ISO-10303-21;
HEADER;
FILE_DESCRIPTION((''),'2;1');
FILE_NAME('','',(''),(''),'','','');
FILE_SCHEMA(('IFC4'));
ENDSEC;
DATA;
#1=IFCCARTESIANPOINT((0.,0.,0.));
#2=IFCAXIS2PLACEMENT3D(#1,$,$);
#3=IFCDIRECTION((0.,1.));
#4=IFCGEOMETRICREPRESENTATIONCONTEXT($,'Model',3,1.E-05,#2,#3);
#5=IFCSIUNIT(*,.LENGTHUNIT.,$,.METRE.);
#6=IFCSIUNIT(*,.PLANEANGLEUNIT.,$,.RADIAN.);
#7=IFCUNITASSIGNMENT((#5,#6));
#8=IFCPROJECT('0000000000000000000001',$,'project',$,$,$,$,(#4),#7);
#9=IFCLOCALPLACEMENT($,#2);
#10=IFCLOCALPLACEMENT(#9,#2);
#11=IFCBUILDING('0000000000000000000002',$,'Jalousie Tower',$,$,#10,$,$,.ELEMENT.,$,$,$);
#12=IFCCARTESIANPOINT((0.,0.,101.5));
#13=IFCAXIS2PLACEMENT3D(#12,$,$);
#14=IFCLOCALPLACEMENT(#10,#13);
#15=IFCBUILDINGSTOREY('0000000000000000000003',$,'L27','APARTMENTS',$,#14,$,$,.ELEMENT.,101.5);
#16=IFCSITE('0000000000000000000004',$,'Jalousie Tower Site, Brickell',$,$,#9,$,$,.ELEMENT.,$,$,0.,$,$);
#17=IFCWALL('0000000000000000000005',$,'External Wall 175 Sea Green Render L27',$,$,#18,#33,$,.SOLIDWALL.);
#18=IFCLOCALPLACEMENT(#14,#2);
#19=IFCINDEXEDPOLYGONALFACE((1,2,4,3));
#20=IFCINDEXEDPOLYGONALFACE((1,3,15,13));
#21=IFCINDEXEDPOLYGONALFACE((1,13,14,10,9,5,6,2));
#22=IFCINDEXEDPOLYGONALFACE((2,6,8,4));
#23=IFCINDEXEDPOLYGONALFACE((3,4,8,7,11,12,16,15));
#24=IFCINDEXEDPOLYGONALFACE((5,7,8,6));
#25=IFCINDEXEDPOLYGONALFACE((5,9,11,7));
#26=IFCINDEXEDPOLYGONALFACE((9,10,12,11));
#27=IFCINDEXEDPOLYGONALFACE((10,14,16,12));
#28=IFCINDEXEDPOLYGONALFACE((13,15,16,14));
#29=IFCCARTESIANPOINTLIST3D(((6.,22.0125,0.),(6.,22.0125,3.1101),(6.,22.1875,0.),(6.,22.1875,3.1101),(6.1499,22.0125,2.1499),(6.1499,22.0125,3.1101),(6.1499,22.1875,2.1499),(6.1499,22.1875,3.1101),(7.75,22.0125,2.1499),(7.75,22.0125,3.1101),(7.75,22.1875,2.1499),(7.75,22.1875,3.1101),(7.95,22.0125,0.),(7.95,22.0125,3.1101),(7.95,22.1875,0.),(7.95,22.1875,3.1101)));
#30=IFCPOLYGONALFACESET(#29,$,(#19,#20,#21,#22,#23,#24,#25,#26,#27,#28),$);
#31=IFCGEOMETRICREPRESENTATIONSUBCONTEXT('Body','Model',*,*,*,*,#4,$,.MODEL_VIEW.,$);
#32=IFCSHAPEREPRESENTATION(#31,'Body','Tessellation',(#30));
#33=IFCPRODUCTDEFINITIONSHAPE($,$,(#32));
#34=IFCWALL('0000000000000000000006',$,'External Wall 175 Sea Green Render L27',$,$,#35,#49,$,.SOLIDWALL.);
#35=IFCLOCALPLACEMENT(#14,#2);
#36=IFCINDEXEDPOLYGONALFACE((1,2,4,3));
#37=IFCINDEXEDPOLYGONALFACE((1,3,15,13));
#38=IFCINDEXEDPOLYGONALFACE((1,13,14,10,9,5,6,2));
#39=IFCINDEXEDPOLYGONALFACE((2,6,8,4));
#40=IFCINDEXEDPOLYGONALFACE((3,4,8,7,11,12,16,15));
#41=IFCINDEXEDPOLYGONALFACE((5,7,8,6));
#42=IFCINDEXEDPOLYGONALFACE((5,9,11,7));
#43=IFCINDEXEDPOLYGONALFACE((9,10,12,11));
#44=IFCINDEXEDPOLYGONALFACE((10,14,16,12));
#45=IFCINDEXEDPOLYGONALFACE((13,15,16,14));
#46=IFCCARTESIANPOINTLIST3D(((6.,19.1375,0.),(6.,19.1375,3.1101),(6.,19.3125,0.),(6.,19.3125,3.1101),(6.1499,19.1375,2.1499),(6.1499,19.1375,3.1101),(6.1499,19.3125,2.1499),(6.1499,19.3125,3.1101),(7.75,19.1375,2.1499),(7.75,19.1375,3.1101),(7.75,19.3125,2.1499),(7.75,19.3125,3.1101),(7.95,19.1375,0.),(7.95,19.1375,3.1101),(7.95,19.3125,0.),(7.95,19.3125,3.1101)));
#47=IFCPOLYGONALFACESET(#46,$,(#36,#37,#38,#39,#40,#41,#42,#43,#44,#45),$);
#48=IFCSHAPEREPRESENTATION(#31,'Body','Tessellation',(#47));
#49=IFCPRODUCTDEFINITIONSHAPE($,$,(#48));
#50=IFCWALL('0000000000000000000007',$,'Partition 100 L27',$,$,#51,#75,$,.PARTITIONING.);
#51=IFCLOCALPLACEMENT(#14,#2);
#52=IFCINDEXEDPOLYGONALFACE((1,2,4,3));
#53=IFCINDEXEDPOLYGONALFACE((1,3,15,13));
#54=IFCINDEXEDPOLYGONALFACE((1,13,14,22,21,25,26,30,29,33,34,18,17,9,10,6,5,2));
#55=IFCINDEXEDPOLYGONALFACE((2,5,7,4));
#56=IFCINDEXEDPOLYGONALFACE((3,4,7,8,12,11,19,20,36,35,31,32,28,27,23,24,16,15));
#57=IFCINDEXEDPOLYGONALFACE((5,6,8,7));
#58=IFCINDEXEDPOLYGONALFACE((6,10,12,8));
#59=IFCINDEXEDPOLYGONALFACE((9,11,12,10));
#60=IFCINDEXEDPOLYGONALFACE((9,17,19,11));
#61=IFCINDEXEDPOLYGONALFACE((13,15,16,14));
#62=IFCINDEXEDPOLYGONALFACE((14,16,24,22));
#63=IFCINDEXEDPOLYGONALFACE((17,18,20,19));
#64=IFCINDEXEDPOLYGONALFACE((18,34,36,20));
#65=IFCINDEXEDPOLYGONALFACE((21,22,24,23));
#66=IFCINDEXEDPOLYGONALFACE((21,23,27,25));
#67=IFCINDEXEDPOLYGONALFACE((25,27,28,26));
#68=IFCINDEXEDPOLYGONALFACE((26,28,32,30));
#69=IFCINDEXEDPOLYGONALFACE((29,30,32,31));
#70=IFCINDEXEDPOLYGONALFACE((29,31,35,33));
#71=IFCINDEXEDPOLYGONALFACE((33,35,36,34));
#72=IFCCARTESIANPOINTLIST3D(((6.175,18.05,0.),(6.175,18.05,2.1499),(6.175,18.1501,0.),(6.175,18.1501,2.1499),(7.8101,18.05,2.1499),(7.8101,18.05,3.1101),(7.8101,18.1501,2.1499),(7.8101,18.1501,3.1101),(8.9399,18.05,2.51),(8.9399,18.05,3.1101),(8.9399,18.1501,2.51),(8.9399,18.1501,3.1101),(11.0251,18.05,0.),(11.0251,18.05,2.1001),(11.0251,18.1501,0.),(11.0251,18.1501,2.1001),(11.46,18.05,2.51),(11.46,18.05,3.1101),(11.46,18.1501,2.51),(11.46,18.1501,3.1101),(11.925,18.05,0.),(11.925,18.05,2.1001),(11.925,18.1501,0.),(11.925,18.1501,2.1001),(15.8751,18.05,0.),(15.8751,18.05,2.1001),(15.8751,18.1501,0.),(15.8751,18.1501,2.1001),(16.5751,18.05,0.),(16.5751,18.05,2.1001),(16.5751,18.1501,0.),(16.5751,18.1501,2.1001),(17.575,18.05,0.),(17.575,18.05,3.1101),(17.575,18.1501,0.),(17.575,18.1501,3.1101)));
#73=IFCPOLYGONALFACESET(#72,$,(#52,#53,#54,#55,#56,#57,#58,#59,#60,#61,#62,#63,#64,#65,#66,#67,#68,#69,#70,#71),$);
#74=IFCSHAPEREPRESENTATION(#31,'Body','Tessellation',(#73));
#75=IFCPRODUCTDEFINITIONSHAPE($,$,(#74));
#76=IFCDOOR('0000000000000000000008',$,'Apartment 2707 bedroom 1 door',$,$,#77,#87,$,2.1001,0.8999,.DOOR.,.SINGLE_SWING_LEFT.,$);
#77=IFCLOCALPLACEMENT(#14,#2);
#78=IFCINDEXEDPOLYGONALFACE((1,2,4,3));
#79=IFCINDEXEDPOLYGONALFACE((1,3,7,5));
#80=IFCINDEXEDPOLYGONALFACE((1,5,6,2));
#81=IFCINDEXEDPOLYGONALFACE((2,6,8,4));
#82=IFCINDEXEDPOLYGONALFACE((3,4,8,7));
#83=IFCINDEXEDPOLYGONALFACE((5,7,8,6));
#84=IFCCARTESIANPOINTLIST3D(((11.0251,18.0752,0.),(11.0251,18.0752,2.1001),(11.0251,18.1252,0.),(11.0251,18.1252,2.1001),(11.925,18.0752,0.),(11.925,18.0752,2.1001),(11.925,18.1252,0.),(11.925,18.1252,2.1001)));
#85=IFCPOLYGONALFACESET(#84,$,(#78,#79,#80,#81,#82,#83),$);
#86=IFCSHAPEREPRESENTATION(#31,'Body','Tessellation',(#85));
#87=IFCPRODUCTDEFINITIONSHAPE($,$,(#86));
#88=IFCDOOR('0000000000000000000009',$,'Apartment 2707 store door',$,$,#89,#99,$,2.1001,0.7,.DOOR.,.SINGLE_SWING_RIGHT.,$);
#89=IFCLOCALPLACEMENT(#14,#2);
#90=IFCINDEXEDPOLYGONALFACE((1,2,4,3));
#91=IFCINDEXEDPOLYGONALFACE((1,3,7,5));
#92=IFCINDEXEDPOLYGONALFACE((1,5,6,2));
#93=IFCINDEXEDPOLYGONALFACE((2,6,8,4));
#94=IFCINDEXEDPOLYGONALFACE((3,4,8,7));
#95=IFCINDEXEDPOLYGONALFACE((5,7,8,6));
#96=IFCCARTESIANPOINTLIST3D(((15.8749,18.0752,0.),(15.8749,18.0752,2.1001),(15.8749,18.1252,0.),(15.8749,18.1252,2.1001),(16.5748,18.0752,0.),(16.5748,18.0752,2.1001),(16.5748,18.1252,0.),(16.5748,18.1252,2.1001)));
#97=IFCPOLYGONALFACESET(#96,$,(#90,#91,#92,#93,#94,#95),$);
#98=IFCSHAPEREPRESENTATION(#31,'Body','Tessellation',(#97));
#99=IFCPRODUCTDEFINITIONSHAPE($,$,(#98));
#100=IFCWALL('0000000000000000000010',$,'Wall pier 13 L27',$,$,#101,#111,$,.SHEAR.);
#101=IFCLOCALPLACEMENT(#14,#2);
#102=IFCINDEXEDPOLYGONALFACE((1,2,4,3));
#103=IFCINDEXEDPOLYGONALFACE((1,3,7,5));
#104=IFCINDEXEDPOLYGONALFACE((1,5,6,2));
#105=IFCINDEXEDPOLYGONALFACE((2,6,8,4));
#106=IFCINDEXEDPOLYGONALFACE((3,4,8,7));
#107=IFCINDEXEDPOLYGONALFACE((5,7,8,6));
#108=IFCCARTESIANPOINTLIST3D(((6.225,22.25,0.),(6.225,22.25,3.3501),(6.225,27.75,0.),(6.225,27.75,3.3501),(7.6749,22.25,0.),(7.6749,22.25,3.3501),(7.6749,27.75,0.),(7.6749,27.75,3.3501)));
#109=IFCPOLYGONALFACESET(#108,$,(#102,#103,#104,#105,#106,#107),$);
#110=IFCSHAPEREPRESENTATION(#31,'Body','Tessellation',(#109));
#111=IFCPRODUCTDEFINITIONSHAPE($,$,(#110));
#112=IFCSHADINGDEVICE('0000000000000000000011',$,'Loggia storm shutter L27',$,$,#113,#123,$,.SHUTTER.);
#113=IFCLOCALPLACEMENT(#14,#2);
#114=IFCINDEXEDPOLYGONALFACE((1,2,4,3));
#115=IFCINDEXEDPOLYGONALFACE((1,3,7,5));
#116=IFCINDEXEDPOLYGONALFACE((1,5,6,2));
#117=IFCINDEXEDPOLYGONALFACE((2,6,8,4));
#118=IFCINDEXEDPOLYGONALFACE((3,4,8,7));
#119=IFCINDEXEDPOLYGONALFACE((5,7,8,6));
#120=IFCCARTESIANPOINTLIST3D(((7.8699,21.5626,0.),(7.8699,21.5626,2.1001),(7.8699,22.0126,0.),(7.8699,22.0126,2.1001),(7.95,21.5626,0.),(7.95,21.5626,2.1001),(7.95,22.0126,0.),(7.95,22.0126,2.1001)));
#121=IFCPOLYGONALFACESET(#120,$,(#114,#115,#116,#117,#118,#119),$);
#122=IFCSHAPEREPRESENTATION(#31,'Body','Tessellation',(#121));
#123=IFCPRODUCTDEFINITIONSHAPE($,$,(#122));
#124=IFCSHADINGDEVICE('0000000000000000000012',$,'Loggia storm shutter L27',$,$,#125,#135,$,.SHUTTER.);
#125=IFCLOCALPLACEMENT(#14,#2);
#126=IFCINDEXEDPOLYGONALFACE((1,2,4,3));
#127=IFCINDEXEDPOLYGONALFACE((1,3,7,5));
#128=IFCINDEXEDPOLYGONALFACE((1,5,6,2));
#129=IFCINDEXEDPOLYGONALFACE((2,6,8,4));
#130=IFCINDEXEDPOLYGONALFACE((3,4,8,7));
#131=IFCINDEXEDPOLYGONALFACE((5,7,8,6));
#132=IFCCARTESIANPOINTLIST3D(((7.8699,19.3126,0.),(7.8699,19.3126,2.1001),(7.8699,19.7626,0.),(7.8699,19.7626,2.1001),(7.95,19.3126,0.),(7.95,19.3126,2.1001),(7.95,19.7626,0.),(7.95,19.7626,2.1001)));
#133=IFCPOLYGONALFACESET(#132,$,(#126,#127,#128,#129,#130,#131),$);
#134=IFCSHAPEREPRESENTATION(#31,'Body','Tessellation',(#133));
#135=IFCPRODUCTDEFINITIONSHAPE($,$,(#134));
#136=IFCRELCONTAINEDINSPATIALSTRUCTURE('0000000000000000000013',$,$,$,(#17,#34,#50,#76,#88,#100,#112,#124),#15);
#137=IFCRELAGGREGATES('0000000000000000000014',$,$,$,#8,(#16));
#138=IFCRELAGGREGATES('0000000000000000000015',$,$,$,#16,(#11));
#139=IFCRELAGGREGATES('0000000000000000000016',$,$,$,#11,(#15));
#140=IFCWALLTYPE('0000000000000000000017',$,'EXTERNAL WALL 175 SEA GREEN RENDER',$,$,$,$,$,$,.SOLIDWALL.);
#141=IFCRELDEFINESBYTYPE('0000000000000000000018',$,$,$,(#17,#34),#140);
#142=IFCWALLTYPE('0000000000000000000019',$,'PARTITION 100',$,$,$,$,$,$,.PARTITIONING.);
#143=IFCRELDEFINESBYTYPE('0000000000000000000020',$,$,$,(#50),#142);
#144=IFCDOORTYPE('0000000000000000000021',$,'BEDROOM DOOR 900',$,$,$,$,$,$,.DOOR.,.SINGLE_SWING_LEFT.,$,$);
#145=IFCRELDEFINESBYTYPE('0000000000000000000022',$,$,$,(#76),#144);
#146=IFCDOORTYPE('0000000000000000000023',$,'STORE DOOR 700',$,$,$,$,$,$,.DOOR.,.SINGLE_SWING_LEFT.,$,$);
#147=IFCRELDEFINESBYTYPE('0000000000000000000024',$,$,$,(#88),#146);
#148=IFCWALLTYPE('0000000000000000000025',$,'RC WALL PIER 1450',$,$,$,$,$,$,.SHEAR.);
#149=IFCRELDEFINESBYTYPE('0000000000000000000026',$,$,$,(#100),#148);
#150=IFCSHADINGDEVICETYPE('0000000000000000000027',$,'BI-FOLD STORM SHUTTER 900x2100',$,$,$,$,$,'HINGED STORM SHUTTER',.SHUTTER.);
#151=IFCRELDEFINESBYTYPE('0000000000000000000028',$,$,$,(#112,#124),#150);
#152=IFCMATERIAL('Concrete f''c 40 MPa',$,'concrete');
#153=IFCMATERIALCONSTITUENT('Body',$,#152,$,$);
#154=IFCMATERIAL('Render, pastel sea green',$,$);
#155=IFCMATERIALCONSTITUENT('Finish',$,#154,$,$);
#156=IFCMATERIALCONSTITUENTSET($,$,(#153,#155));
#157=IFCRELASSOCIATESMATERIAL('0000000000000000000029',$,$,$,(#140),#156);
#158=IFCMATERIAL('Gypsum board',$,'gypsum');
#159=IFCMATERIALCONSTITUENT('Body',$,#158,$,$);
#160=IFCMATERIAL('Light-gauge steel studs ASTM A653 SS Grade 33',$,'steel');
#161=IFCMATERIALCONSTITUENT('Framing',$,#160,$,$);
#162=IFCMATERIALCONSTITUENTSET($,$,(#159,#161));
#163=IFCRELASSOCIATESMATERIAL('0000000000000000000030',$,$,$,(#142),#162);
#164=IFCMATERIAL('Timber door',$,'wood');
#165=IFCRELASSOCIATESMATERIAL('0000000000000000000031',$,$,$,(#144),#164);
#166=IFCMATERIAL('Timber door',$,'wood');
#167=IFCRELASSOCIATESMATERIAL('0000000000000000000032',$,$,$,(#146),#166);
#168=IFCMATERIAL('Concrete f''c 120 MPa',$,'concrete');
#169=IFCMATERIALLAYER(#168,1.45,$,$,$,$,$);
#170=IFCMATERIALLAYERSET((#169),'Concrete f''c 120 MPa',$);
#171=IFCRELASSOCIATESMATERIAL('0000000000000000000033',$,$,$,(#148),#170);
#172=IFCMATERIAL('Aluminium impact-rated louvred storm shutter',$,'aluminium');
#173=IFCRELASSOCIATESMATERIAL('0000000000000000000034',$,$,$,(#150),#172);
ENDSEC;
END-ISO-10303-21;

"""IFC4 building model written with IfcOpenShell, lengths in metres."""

from ifc_helpers import new_model, si_unit, direction, frame, frame_2d, origin, origin_2d, place, context, subcontext, project, spatial, polyline, rectangle, outline, extrude, material, layer, layer_set, constituent, constituent_set, type_object, element, fill, save


model = new_model("IFC4")

# Units and contexts
model_context = context("Model", 3, precision=1e-05, world=origin(), true_north=direction((0.0, 1.0)))
body_context = subcontext(model_context, "Body", "Model", "MODEL_VIEW")
ifc_project = project(units=[si_unit("LENGTHUNIT", "METRE"), si_unit("PLANEANGLEUNIT", "RADIAN")], contexts=[model_context])

# Site, building, storey
site_placement = place(None, origin())
site = spatial("IfcSite", under=ifc_project, at=site_placement, Name="Jalousie Tower Site, Brickell", CompositionType="ELEMENT", RefElevation=0.0)
building_placement = place(site_placement, origin())
building = spatial("IfcBuilding", under=site, at=building_placement, Name="Jalousie Tower", CompositionType="ELEMENT")
storey_placement = place(building_placement, frame((0.0, 0.0, 101.5)))
storey = spatial("IfcBuildingStorey", under=building, at=storey_placement, Name="L27", Description="APARTMENTS", CompositionType="ELEMENT", Elevation=101.5)

# Shared definitions
ifc_material_1 = material(Name="Concrete f'c 40 MPa", Category="concrete")
ifc_constituent_1 = constituent(ifc_material_1, Name="Body")
ifc_material_2 = material(Name="Render, pastel sea green")
ifc_constituent_2 = constituent(ifc_material_2, Name="Finish")
ifc_constituent_set_1 = constituent_set(constituents=[ifc_constituent_1, ifc_constituent_2])
wall_type_1 = type_object("IfcWallType", Name="EXTERNAL WALL 175 SEA GREEN RENDER", PredefinedType="SOLIDWALL", material=ifc_constituent_set_1)

# Walls
for number, where, z_axis, x_axis, name in (
    (1, (6.0, 22.1001, 0.0), (0.0, 0.0, 1.0), (1.0, 0.0, 0.0), "External Wall 175 Sea Green Render L27"),
    (2, (6.0, 19.2251, 0.0), (0.0, 0.0, 1.0), (1.0, 0.0, 0.0), "External Wall 175 Sea Green Render L27"),
):
    element("IfcWall", number, at=place(storey_placement, frame(where, z_axis=z_axis, x_axis=x_axis)), inside=storey, type_object=wall_type_1, Name=name, PredefinedType="SOLIDWALL", context=body_context, shape_type="SweptSolid", body=[
        extrude(outline(polyline([(0.0, 0.0), (1.95, 0.0), (1.95, 3.1101), (1.75, 3.1101), (1.75, 2.1499), (0.1499, 2.1499), (0.1499, 3.1101), (0.0, 3.1101), (0.0, 0.0)])), frame((0.0, 0.0874, 0.0), z_axis=(0.0, -1.0, 0.0), x_axis=(1.0, 0.0, 0.0)), (0.0, 0.0, 1.0), 0.175),
    ])

# Wall, openings, doors
ifc_material_3 = material(Name="Gypsum board", Category="gypsum")
ifc_constituent_3 = constituent(ifc_material_3, Name="Body")
ifc_material_4 = material(Name="Light-gauge steel studs ASTM A653 SS Grade 33", Category="steel")
ifc_constituent_4 = constituent(ifc_material_4, Name="Framing")
ifc_constituent_set_2 = constituent_set(constituents=[ifc_constituent_3, ifc_constituent_4])
wall_type_2 = type_object("IfcWallType", Name="PARTITION 100", PredefinedType="PARTITIONING", material=ifc_constituent_set_2)
wall_1_placement = place(storey_placement, frame((6.175, 18.1001, 0.0), z_axis=(0.0, 0.0, 1.0), x_axis=(1.0, 0.0, 0.0)))
wall_1 = element("IfcWall", 3, at=wall_1_placement, inside=storey, type_object=wall_type_2, Name="Partition 100 L27", PredefinedType="PARTITIONING", context=body_context, shape_type="SweptSolid", body=[
    extrude(outline(polyline([(0.0, 0.0), (11.3999, 0.0), (11.3999, 3.1101), (5.2849, 3.1101), (5.2849, 2.51), (2.7649, 2.51), (2.7649, 3.1101), (1.635, 3.1101), (1.635, 2.1499), (0.0, 2.1499), (0.0, 3.1101), (0.0, 0.0)])), frame((0.0, 0.05, 0.0), z_axis=(0.0, -1.0, 0.0), x_axis=(1.0, 0.0, 0.0)), (0.0, 0.0, 1.0), 0.1001),
])
opening_1_placement = place(wall_1_placement, frame((4.8501, 0.0, 0.0)))
opening_1 = element("IfcOpeningElement", 4, at=opening_1_placement, cuts=wall_1, PredefinedType="OPENING", context=body_context, shape_type="SweptSolid", body=[
    extrude(rectangle(XDim=0.8999, YDim=2.1001, at=frame_2d((0.45, 1.05))), frame((0.0, 0.0601, 0.0), z_axis=(0.0, -1.0, 0.0), x_axis=(1.0, 0.0, 0.0)), (0.0, 0.0, 1.0), 0.1201),
])
opening_2_placement = place(wall_1_placement, frame((9.7, 0.0, 0.0)))
opening_2 = element("IfcOpeningElement", 5, at=opening_2_placement, cuts=wall_1, PredefinedType="OPENING", context=body_context, shape_type="SweptSolid", body=[
    extrude(rectangle(XDim=0.7, YDim=2.1001, at=frame_2d((0.3501, 1.05))), frame((0.0, 0.0601, 0.0), z_axis=(0.0, -1.0, 0.0), x_axis=(1.0, 0.0, 0.0)), (0.0, 0.0, 1.0), 0.1201),
])
ifc_material_5 = material(Name="Timber door", Category="wood")
door_type_1 = type_object("IfcDoorType", Name="BEDROOM DOOR 900", OperationType="SINGLE_SWING_LEFT", PredefinedType="DOOR", material=ifc_material_5)
door_1_placement = place(opening_1_placement, frame((0.8999, 0.0, 0.0), z_axis=(0.0, 0.0, 1.0), x_axis=(-1.0, 0.0, 0.0)))
door_1 = element("IfcDoor", 6, at=door_1_placement, inside=storey, type_object=door_type_1, Name="Apartment 2707 bedroom 1 door", OperationType="SINGLE_SWING_LEFT", OverallHeight=2.1001, OverallWidth=0.8999, PredefinedType="DOOR", context=body_context, shape_type="SweptSolid", body=[
    extrude(rectangle(XDim=0.8999, YDim=2.1001, at=frame_2d((0.45, 1.05))), frame((0.0, 0.0249, 0.0), z_axis=(0.0, -1.0, 0.0), x_axis=(1.0, 0.0, 0.0)), (0.0, 0.0, 1.0), 0.05),
])
fill(opening_1, door_1)
ifc_material_6 = material(Name="Timber door", Category="wood")
door_type_2 = type_object("IfcDoorType", Name="STORE DOOR 700", OperationType="SINGLE_SWING_LEFT", PredefinedType="DOOR", material=ifc_material_6)
door_2_placement = place(opening_2_placement, frame((0.7, 0.0, 0.0), z_axis=(0.0, 0.0, 1.0), x_axis=(-1.0, 0.0, 0.0)))
door_2 = element("IfcDoor", 7, at=door_2_placement, inside=storey, type_object=door_type_2, Name="Apartment 2707 store door", OperationType="SINGLE_SWING_RIGHT", OverallHeight=2.1001, OverallWidth=0.7, PredefinedType="DOOR", context=body_context, shape_type="SweptSolid", body=[
    extrude(rectangle(XDim=0.7, YDim=2.1001, at=frame_2d((0.3501, 1.05))), frame((0.0, 0.0249, 0.0), z_axis=(0.0, -1.0, 0.0), x_axis=(1.0, 0.0, 0.0)), (0.0, 0.0, 1.0), 0.05),
])
fill(opening_2, door_2)

# Wall
ifc_material_7 = material(Name="Concrete f'c 120 MPa", Category="concrete")
ifc_layer_1 = layer(ifc_material_7, 1.45)
ifc_layer_set_1 = layer_set([ifc_layer_1], Name="Concrete f'c 120 MPa")
wall_type_3 = type_object("IfcWallType", Name="RC WALL PIER 1450", PredefinedType="SHEAR", material=ifc_layer_set_1)
wall_2_placement = place(storey_placement, frame((6.95, 22.25, 0.0), z_axis=(0.0, 0.0, 1.0), x_axis=(0.0, 1.0, 0.0)))
element("IfcWall", 8, at=wall_2_placement, inside=storey, type_object=wall_type_3, Name="Wall pier 13 L27", PredefinedType="SHEAR", context=body_context, shape_type="SweptSolid", body=[
    extrude(rectangle(XDim=5.5, YDim=1.45, at=frame_2d((2.75, 0.0))), origin(), (0.0, 0.0, 1.0), 3.3501),
])

# Shading devices
ifc_material_8 = material(Name="Aluminium impact-rated louvred storm shutter", Category="aluminium")
shading_device_type_1 = type_object("IfcShadingDeviceType", Name="BI-FOLD STORM SHUTTER 900x2100", ElementType="HINGED STORM SHUTTER", PredefinedType="SHUTTER", material=ifc_material_8)
for number, where, z_axis, x_axis, name in (
    (9, (7.9099, 21.7876, 0.0), (0.0, 0.0, 1.0), (0.0, -1.0, 0.0), "Loggia storm shutter L27"),
    (10, (7.9099, 19.5376, 0.0), (0.0, 0.0, 1.0), (0.0, -1.0, 0.0), "Loggia storm shutter L27"),
):
    element("IfcShadingDevice", number, at=place(storey_placement, frame(where, z_axis=z_axis, x_axis=x_axis)), inside=storey, type_object=shading_device_type_1, Name=name, PredefinedType="SHUTTER", context=body_context, shape_type="SweptSolid", body=[
        extrude(rectangle(XDim=0.45, YDim=0.0801, at=origin_2d()), origin(), (0.0, 0.0, 1.0), 2.1001),
    ])

save(model, "model.ifc")
